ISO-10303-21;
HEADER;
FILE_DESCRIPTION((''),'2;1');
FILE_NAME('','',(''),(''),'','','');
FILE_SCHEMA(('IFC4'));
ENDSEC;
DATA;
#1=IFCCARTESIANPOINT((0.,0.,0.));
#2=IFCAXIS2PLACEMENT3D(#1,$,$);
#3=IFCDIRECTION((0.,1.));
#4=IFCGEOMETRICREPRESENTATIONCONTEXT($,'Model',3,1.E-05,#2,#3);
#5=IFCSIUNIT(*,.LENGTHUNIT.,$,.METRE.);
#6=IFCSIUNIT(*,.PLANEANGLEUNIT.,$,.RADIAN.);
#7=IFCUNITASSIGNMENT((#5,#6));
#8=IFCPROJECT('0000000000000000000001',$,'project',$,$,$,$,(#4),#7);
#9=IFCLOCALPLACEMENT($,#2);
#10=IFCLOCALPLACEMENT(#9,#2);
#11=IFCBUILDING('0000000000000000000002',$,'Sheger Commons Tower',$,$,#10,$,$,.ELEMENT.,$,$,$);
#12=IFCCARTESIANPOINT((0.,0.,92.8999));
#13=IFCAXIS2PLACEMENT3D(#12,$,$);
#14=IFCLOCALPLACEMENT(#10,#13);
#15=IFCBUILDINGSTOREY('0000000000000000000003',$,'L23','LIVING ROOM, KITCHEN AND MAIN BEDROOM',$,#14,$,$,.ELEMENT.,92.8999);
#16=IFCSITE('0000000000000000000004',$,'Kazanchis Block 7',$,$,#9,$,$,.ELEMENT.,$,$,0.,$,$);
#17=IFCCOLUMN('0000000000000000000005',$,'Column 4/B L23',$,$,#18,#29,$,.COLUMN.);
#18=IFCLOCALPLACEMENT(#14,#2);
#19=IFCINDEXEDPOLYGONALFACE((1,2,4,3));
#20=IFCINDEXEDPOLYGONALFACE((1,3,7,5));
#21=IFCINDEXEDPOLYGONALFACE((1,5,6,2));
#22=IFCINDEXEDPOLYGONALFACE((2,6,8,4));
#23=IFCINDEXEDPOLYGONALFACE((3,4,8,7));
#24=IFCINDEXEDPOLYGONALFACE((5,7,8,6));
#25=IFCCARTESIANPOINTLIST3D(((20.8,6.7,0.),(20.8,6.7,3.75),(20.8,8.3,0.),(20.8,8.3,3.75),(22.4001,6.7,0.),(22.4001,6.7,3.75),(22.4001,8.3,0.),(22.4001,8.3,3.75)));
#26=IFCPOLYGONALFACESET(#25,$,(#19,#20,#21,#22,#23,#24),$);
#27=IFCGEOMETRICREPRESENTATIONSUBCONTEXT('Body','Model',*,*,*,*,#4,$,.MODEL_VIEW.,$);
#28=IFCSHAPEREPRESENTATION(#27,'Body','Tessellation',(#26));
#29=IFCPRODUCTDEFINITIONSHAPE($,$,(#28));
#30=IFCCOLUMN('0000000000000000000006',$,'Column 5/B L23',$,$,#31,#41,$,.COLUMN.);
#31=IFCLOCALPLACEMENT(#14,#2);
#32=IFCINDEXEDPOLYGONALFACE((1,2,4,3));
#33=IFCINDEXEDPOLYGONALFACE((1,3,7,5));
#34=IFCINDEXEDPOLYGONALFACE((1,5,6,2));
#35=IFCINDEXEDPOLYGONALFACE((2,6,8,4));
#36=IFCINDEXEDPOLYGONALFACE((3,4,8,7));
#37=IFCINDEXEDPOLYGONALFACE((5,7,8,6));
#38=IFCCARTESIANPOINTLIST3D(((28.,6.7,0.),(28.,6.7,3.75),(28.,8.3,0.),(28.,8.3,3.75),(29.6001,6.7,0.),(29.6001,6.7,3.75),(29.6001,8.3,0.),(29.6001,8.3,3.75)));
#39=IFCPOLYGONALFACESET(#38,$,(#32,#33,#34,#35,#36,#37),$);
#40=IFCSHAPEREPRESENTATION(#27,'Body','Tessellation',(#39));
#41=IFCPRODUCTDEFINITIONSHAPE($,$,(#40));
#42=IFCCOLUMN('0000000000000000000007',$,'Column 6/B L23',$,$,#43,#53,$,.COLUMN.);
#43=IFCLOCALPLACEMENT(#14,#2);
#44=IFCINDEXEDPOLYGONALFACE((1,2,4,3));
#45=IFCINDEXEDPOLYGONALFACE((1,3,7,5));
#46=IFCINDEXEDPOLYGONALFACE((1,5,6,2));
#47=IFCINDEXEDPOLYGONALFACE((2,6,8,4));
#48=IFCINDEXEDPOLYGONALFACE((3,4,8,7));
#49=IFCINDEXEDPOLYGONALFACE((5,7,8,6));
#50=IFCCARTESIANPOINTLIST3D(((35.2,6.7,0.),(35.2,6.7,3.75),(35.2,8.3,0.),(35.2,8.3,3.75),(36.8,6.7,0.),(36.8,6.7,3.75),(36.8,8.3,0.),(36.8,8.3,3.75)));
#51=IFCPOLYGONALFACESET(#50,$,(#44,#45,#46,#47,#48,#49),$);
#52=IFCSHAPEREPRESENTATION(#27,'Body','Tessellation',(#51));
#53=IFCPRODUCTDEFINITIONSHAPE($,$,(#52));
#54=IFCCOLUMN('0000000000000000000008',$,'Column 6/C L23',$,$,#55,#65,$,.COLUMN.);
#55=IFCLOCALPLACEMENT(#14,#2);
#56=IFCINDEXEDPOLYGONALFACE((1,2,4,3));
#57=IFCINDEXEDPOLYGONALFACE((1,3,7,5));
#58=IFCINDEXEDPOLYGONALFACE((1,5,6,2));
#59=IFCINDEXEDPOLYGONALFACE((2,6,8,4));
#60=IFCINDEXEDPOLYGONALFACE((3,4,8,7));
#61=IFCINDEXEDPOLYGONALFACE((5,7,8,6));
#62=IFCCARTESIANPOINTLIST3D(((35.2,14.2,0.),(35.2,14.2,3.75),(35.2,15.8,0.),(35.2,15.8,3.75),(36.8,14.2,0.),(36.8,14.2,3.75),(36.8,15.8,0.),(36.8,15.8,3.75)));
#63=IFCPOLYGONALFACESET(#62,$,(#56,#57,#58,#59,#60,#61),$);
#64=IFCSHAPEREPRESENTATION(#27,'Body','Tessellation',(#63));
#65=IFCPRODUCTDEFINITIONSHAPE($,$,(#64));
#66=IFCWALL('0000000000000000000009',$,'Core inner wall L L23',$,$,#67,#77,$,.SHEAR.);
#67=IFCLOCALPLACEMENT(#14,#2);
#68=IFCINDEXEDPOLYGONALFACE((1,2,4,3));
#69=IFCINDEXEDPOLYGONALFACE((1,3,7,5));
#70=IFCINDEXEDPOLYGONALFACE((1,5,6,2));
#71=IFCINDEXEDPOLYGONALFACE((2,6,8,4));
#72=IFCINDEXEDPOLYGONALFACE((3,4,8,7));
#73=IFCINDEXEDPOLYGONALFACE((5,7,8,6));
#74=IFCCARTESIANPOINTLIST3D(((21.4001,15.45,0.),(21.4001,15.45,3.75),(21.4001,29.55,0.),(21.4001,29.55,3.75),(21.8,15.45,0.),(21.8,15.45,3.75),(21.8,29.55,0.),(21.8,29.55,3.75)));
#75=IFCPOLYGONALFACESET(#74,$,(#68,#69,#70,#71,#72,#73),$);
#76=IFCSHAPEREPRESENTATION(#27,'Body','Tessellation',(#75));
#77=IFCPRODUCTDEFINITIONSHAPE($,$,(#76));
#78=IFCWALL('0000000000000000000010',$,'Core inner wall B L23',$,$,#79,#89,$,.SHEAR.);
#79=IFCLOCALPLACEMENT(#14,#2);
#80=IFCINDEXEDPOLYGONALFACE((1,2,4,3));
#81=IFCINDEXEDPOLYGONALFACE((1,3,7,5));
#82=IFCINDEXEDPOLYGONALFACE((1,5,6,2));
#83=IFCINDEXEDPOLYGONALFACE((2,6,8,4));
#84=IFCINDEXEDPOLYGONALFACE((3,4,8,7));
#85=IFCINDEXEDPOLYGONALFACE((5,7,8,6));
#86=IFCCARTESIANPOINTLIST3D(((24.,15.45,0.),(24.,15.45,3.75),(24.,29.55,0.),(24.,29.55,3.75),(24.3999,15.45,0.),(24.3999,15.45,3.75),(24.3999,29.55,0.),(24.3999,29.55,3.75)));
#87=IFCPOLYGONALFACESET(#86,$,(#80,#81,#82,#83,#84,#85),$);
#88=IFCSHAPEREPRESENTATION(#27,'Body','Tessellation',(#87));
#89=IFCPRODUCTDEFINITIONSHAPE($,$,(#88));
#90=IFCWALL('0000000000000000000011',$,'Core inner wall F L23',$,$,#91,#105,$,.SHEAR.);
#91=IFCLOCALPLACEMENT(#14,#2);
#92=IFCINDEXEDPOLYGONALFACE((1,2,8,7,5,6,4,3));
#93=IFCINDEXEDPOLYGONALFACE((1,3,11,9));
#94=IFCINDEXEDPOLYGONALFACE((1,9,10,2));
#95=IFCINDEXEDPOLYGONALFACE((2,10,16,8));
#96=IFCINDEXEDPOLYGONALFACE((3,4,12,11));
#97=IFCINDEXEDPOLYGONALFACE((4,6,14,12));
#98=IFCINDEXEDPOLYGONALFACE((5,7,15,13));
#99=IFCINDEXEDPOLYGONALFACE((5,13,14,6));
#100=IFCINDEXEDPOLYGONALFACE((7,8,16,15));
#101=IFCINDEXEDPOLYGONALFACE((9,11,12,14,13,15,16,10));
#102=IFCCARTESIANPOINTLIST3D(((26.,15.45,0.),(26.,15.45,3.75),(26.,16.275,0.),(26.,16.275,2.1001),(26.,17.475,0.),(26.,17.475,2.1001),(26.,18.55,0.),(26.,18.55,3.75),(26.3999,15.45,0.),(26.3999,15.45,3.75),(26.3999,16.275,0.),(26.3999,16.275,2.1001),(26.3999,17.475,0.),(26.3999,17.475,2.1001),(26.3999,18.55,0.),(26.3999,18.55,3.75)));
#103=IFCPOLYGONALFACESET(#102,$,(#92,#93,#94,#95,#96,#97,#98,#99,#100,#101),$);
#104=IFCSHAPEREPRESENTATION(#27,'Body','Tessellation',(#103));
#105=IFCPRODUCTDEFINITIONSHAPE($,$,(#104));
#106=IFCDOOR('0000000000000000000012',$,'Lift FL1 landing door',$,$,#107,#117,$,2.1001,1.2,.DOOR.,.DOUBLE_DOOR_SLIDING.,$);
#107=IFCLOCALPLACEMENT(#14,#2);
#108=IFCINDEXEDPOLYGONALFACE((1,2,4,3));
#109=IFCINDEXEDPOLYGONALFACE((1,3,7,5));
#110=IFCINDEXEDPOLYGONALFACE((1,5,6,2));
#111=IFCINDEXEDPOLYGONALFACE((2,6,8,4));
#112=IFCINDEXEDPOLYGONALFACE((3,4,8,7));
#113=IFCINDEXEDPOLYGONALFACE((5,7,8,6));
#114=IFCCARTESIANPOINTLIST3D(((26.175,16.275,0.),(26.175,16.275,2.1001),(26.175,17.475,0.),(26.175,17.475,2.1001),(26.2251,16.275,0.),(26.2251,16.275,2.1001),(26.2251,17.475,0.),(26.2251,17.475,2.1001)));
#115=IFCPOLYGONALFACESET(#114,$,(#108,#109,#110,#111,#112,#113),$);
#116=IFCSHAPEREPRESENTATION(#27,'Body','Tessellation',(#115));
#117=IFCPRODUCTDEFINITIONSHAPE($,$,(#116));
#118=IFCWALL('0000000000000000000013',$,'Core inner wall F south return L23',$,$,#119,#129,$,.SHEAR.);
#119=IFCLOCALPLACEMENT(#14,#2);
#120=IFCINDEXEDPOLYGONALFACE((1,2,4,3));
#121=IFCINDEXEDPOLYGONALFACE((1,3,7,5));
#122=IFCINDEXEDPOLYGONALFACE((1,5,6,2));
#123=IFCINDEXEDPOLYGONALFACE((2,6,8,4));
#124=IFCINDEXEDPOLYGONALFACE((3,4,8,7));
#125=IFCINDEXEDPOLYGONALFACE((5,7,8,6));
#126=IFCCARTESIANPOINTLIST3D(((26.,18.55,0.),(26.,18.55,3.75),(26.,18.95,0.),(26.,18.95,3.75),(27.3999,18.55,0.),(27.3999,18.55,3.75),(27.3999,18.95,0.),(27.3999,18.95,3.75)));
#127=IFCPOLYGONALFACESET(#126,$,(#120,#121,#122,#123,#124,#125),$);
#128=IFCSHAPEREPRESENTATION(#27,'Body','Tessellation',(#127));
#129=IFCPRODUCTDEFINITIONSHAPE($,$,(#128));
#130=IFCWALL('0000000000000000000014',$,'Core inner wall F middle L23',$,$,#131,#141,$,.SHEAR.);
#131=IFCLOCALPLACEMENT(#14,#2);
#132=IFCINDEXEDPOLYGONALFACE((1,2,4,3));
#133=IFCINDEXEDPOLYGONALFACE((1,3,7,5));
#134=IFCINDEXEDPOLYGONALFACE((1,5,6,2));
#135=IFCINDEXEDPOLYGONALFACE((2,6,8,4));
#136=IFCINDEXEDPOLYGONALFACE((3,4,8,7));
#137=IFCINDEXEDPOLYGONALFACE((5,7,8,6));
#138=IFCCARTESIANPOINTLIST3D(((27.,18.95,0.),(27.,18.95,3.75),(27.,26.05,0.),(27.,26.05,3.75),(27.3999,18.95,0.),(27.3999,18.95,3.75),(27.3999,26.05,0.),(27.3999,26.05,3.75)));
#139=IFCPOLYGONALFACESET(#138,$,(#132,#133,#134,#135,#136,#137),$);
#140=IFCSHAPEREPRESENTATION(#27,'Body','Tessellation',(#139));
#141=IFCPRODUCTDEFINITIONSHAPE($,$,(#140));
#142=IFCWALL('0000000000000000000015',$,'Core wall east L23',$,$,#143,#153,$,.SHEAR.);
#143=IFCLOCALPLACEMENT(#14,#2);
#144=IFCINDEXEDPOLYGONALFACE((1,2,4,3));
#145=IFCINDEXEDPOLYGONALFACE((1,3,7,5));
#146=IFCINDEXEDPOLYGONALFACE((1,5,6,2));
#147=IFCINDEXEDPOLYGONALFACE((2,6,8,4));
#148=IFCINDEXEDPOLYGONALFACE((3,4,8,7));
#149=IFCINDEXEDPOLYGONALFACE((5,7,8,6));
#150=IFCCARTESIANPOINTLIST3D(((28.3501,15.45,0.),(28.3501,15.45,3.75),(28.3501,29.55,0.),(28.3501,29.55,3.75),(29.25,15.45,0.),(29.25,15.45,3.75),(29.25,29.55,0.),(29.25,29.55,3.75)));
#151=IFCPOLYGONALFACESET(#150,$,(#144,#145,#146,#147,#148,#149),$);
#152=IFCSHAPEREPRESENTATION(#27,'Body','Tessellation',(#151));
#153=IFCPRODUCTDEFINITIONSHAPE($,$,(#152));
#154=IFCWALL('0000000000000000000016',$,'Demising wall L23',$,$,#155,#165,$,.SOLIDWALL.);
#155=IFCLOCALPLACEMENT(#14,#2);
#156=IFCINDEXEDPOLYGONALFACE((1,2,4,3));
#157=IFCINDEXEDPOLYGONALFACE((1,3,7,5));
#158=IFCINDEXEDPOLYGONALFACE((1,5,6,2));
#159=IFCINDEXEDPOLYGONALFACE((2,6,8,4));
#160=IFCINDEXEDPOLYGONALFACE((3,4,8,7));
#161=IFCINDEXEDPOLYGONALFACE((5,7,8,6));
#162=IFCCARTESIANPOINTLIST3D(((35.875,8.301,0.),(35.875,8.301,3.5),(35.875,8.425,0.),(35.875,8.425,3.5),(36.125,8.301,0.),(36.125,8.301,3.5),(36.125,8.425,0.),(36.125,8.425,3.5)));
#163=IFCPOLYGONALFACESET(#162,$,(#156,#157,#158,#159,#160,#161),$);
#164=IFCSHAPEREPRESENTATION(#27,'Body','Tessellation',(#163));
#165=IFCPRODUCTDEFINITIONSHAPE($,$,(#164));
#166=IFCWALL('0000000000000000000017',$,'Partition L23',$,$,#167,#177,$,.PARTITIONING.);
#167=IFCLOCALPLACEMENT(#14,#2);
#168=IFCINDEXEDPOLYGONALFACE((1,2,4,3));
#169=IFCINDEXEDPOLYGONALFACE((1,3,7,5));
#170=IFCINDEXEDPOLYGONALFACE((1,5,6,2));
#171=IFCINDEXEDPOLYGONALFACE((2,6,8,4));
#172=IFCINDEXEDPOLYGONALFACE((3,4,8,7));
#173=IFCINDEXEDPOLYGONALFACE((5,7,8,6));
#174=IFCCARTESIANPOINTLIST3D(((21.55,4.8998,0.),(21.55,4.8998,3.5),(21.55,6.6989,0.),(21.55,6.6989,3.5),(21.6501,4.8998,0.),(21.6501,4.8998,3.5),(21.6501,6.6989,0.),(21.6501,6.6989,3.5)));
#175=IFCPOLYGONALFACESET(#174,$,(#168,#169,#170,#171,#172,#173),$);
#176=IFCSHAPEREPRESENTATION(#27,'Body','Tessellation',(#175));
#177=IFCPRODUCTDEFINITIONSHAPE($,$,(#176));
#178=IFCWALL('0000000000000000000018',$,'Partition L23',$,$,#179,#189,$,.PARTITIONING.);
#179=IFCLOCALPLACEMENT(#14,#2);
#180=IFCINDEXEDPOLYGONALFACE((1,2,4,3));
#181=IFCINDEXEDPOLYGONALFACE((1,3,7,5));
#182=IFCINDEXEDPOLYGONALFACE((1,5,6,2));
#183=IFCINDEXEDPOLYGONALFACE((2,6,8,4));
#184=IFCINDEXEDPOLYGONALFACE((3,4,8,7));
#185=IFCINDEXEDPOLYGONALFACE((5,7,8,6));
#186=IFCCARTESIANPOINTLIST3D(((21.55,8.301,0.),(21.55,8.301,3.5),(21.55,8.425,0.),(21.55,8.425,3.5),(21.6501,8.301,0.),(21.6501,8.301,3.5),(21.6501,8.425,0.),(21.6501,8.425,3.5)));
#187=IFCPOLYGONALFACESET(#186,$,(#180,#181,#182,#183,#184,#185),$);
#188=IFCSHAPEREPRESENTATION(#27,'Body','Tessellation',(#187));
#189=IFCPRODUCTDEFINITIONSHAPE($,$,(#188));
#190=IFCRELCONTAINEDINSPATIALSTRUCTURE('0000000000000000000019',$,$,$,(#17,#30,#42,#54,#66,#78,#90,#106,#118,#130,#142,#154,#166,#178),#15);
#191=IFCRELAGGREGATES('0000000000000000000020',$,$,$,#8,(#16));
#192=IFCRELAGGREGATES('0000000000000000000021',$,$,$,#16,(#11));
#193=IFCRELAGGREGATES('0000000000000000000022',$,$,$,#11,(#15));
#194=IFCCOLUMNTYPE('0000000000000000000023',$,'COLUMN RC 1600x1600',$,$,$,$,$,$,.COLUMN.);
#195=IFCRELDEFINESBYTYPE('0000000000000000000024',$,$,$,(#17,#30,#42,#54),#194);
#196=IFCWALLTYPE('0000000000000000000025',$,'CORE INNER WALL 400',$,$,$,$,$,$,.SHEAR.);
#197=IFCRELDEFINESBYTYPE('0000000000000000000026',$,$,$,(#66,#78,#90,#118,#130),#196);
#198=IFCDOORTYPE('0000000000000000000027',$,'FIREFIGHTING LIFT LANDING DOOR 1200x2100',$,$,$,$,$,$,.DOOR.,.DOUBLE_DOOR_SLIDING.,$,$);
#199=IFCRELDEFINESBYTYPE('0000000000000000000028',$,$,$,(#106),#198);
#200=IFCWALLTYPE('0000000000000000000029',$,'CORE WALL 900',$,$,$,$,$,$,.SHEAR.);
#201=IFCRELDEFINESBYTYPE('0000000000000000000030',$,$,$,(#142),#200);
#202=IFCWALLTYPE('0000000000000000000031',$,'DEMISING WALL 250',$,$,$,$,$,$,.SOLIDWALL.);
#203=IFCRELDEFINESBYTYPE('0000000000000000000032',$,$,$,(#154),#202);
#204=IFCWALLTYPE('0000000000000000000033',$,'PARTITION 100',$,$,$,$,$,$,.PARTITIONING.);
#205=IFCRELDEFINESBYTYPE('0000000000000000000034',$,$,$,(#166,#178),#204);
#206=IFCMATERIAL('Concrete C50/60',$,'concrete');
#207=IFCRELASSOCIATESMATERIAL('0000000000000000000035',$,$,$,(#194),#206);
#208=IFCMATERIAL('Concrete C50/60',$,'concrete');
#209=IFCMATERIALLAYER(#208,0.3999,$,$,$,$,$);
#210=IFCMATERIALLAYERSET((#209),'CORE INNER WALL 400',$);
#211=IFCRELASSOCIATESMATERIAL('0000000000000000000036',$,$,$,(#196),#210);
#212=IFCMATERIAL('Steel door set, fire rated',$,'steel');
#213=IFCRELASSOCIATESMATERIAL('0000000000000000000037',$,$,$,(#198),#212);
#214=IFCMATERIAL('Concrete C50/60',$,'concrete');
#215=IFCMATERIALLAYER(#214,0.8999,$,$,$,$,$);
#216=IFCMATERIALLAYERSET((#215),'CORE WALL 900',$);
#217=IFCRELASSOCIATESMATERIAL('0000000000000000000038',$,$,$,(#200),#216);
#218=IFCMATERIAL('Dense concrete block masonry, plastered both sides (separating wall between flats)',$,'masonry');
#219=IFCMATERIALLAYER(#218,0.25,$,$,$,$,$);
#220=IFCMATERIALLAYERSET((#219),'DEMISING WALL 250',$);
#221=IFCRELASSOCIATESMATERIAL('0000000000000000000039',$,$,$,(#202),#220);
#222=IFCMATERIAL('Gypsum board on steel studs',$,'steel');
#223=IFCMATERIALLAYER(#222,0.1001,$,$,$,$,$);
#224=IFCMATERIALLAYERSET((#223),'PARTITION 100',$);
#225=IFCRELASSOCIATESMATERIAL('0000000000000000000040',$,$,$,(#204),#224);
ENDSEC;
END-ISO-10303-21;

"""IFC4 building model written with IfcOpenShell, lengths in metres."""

from ifc_helpers import new_model, si_unit, direction, frame, frame_2d, origin, origin_2d, place, context, subcontext, project, spatial, rectangle, extrude, material, layer, layer_set, material_profile, profile_set, type_object, element, fill, save


model = new_model("IFC4")

# Units and contexts
model_context = context("Model", 3, precision=1e-05, world=origin(), true_north=direction((0.0, 1.0)))
body_context = subcontext(model_context, "Body", "Model", "MODEL_VIEW")
ifc_project = project(units=[si_unit("LENGTHUNIT", "METRE"), si_unit("PLANEANGLEUNIT", "RADIAN")], contexts=[model_context])

# Site, building, storey
site_placement = place(None, origin())
site = spatial("IfcSite", under=ifc_project, at=site_placement, Name="Kazanchis Block 7", CompositionType="ELEMENT", RefElevation=0.0)
building_placement = place(site_placement, origin())
building = spatial("IfcBuilding", under=site, at=building_placement, Name="Sheger Commons Tower", CompositionType="ELEMENT")
storey_placement = place(building_placement, frame((0.0, 0.0, 92.8999)))
storey = spatial("IfcBuildingStorey", under=building, at=storey_placement, Name="L23", Description="LIVING ROOM, KITCHEN AND MAIN BEDROOM", CompositionType="ELEMENT", Elevation=92.8999)

# Columns
ifc_material_1 = material(Name="Concrete C50/60", Category="concrete")
ifc_material_profile = material_profile(ifc_material_1, rectangle(XDim=1.6001, YDim=1.6001, at=origin_2d()), Name="RC 1600x1600")
ifc_profile_set = profile_set([ifc_material_profile], Name="Concrete C50/60")
column_type = type_object("IfcColumnType", Name="COLUMN RC 1600x1600", PredefinedType="COLUMN", material=ifc_profile_set)
for number, where, z_axis, x_axis, name in (
    (1, (21.6001, 7.5, 0.0), (0.0, 0.0, 1.0), (1.0, 0.0, 0.0), "Column 4/B L23"),
    (2, (28.8, 7.5, 0.0), (0.0, 0.0, 1.0), (1.0, 0.0, 0.0), "Column 5/B L23"),
    (3, (36.0, 7.5, 0.0), (0.0, 0.0, 1.0), (1.0, 0.0, 0.0), "Column 6/B L23"),
    (4, (36.0, 15.0, 0.0), (0.0, 0.0, 1.0), (1.0, 0.0, 0.0), "Column 6/C L23"),
):
    element("IfcColumn", number, at=place(storey_placement, frame(where, z_axis=z_axis, x_axis=x_axis)), inside=storey, type_object=column_type, Name=name, PredefinedType="COLUMN", context=body_context, shape_type="SweptSolid", body=[
        extrude(rectangle(XDim=1.6001, YDim=1.6001, at=origin_2d()), origin(), (0.0, 0.0, 1.0), 3.75),
    ])

# Walls
ifc_material_2 = material(Name="Concrete C50/60", Category="concrete")
ifc_layer_1 = layer(ifc_material_2, 0.3999)
ifc_layer_set_1 = layer_set([ifc_layer_1], Name="CORE INNER WALL 400")
wall_type_1 = type_object("IfcWallType", Name="CORE INNER WALL 400", PredefinedType="SHEAR", material=ifc_layer_set_1)
for number, where, z_axis, x_axis, name in (
    (5, (21.6001, 15.45, 0.0), (0.0, 0.0, 1.0), (0.0, 1.0, 0.0), "Core inner wall L L23"),
    (6, (24.2, 15.45, 0.0), (0.0, 0.0, 1.0), (0.0, 1.0, 0.0), "Core inner wall B L23"),
):
    element("IfcWall", number, at=place(storey_placement, frame(where, z_axis=z_axis, x_axis=x_axis)), inside=storey, type_object=wall_type_1, Name=name, PredefinedType="SHEAR", context=body_context, shape_type="SweptSolid", body=[
        extrude(rectangle(XDim=14.1001, YDim=0.3999, at=frame_2d((7.05, 0.0))), origin(), (0.0, 0.0, 1.0), 3.75),
    ])

# Wall, opening, door
wall_1_placement = place(storey_placement, frame((26.2, 15.45, 0.0), z_axis=(0.0, 0.0, 1.0), x_axis=(0.0, 1.0, 0.0)))
wall_1 = element("IfcWall", 7, at=wall_1_placement, inside=storey, type_object=wall_type_1, Name="Core inner wall F L23", PredefinedType="SHEAR", context=body_context, shape_type="SweptSolid", body=[
    extrude(rectangle(XDim=3.1001, YDim=0.3999, at=frame_2d((1.55, 0.0))), origin(), (0.0, 0.0, 1.0), 3.75),
])
opening_placement = place(wall_1_placement, frame((0.825, 0.0, 0.0)))
opening = element("IfcOpeningElement", 8, at=opening_placement, cuts=wall_1, PredefinedType="OPENING", context=body_context, shape_type="SweptSolid", body=[
    extrude(rectangle(XDim=1.2, YDim=2.1001, at=frame_2d((0.6001, 1.05))), frame((0.0, 0.21, 0.0), z_axis=(0.0, -1.0, 0.0), x_axis=(1.0, 0.0, 0.0)), (0.0, 0.0, 1.0), 0.4199),
])
ifc_material_3 = material(Name="Steel door set, fire rated", Category="steel")
door_type = type_object("IfcDoorType", Name="FIREFIGHTING LIFT LANDING DOOR 1200x2100", OperationType="DOUBLE_DOOR_SLIDING", PredefinedType="DOOR", material=ifc_material_3)
door_placement = place(opening_placement, origin())
door = element("IfcDoor", 9, at=door_placement, inside=storey, type_object=door_type, Name="Lift FL1 landing door", OperationType="DOUBLE_DOOR_SLIDING", OverallHeight=2.1001, OverallWidth=1.2, PredefinedType="DOOR", context=body_context, shape_type="SweptSolid", body=[
    extrude(rectangle(XDim=1.2, YDim=2.1001, at=frame_2d((0.6001, 1.05))), frame((0.0, 0.0249, 0.0), z_axis=(0.0, -1.0, 0.0), x_axis=(1.0, 0.0, 0.0)), (0.0, 0.0, 1.0), 0.05),
])
fill(opening, door)

# Walls
wall_2_placement = place(storey_placement, frame((26.0, 18.75, 0.0), z_axis=(0.0, 0.0, 1.0), x_axis=(1.0, 0.0, 0.0)))
element("IfcWall", 10, at=wall_2_placement, inside=storey, type_object=wall_type_1, Name="Core inner wall F south return L23", PredefinedType="SHEAR", context=body_context, shape_type="SweptSolid", body=[
    extrude(rectangle(XDim=1.3999, YDim=0.3999, at=frame_2d((0.7, 0.0))), origin(), (0.0, 0.0, 1.0), 3.75),
])
wall_3_placement = place(storey_placement, frame((27.2, 18.95, 0.0), z_axis=(0.0, 0.0, 1.0), x_axis=(0.0, 1.0, 0.0)))
element("IfcWall", 11, at=wall_3_placement, inside=storey, type_object=wall_type_1, Name="Core inner wall F middle L23", PredefinedType="SHEAR", context=body_context, shape_type="SweptSolid", body=[
    extrude(rectangle(XDim=7.1001, YDim=0.3999, at=frame_2d((3.55, 0.0))), origin(), (0.0, 0.0, 1.0), 3.75),
])
ifc_material_4 = material(Name="Concrete C50/60", Category="concrete")
ifc_layer_2 = layer(ifc_material_4, 0.8999)
ifc_layer_set_2 = layer_set([ifc_layer_2], Name="CORE WALL 900")
wall_type_2 = type_object("IfcWallType", Name="CORE WALL 900", PredefinedType="SHEAR", material=ifc_layer_set_2)
wall_4_placement = place(storey_placement, frame((28.8, 15.45, 0.0), z_axis=(0.0, 0.0, 1.0), x_axis=(0.0, 1.0, 0.0)))
element("IfcWall", 12, at=wall_4_placement, inside=storey, type_object=wall_type_2, Name="Core wall east L23", PredefinedType="SHEAR", context=body_context, shape_type="SweptSolid", body=[
    extrude(rectangle(XDim=14.1001, YDim=0.8999, at=frame_2d((7.05, 0.0))), origin(), (0.0, 0.0, 1.0), 3.75),
])
ifc_material_5 = material(Name="Dense concrete block masonry, plastered both sides (separating wall between flats)", Category="masonry")
ifc_layer_3 = layer(ifc_material_5, 0.25)
ifc_layer_set_3 = layer_set([ifc_layer_3], Name="DEMISING WALL 250")
wall_type_3 = type_object("IfcWallType", Name="DEMISING WALL 250", PredefinedType="SOLIDWALL", material=ifc_layer_set_3)
wall_5_placement = place(storey_placement, frame((36.0, 8.301, 0.0), z_axis=(0.0, 0.0, 1.0), x_axis=(0.0, 1.0, 0.0)))
element("IfcWall", 13, at=wall_5_placement, inside=storey, type_object=wall_type_3, Name="Demising wall L23", PredefinedType="SOLIDWALL", context=body_context, shape_type="SweptSolid", body=[
    extrude(rectangle(XDim=0.124, YDim=0.25, at=frame_2d((0.062, 0.0))), origin(), (0.0, 0.0, 1.0), 3.5),
])
ifc_material_6 = material(Name="Gypsum board on steel studs", Category="steel")
ifc_layer_4 = layer(ifc_material_6, 0.1001)
ifc_layer_set_4 = layer_set([ifc_layer_4], Name="PARTITION 100")
wall_type_4 = type_object("IfcWallType", Name="PARTITION 100", PredefinedType="PARTITIONING", material=ifc_layer_set_4)
wall_6_placement = place(storey_placement, frame((21.6001, 4.8999, 0.0), z_axis=(0.0, 0.0, 1.0), x_axis=(0.0, 1.0, 0.0)))
element("IfcWall", 14, at=wall_6_placement, inside=storey, type_object=wall_type_4, Name="Partition L23", PredefinedType="PARTITIONING", context=body_context, shape_type="SweptSolid", body=[
    extrude(rectangle(XDim=1.7991, YDim=0.1001, at=frame_2d((0.8994, 0.0))), origin(), (0.0, 0.0, 1.0), 3.5),
])
wall_7_placement = place(storey_placement, frame((21.6001, 8.301, 0.0), z_axis=(0.0, 0.0, 1.0), x_axis=(0.0, 1.0, 0.0)))
element("IfcWall", 15, at=wall_7_placement, inside=storey, type_object=wall_type_4, Name="Partition L23", PredefinedType="PARTITIONING", context=body_context, shape_type="SweptSolid", body=[
    extrude(rectangle(XDim=0.124, YDim=0.1001, at=frame_2d((0.062, 0.0))), origin(), (0.0, 0.0, 1.0), 3.5),
])

save(model, "model.ifc")
